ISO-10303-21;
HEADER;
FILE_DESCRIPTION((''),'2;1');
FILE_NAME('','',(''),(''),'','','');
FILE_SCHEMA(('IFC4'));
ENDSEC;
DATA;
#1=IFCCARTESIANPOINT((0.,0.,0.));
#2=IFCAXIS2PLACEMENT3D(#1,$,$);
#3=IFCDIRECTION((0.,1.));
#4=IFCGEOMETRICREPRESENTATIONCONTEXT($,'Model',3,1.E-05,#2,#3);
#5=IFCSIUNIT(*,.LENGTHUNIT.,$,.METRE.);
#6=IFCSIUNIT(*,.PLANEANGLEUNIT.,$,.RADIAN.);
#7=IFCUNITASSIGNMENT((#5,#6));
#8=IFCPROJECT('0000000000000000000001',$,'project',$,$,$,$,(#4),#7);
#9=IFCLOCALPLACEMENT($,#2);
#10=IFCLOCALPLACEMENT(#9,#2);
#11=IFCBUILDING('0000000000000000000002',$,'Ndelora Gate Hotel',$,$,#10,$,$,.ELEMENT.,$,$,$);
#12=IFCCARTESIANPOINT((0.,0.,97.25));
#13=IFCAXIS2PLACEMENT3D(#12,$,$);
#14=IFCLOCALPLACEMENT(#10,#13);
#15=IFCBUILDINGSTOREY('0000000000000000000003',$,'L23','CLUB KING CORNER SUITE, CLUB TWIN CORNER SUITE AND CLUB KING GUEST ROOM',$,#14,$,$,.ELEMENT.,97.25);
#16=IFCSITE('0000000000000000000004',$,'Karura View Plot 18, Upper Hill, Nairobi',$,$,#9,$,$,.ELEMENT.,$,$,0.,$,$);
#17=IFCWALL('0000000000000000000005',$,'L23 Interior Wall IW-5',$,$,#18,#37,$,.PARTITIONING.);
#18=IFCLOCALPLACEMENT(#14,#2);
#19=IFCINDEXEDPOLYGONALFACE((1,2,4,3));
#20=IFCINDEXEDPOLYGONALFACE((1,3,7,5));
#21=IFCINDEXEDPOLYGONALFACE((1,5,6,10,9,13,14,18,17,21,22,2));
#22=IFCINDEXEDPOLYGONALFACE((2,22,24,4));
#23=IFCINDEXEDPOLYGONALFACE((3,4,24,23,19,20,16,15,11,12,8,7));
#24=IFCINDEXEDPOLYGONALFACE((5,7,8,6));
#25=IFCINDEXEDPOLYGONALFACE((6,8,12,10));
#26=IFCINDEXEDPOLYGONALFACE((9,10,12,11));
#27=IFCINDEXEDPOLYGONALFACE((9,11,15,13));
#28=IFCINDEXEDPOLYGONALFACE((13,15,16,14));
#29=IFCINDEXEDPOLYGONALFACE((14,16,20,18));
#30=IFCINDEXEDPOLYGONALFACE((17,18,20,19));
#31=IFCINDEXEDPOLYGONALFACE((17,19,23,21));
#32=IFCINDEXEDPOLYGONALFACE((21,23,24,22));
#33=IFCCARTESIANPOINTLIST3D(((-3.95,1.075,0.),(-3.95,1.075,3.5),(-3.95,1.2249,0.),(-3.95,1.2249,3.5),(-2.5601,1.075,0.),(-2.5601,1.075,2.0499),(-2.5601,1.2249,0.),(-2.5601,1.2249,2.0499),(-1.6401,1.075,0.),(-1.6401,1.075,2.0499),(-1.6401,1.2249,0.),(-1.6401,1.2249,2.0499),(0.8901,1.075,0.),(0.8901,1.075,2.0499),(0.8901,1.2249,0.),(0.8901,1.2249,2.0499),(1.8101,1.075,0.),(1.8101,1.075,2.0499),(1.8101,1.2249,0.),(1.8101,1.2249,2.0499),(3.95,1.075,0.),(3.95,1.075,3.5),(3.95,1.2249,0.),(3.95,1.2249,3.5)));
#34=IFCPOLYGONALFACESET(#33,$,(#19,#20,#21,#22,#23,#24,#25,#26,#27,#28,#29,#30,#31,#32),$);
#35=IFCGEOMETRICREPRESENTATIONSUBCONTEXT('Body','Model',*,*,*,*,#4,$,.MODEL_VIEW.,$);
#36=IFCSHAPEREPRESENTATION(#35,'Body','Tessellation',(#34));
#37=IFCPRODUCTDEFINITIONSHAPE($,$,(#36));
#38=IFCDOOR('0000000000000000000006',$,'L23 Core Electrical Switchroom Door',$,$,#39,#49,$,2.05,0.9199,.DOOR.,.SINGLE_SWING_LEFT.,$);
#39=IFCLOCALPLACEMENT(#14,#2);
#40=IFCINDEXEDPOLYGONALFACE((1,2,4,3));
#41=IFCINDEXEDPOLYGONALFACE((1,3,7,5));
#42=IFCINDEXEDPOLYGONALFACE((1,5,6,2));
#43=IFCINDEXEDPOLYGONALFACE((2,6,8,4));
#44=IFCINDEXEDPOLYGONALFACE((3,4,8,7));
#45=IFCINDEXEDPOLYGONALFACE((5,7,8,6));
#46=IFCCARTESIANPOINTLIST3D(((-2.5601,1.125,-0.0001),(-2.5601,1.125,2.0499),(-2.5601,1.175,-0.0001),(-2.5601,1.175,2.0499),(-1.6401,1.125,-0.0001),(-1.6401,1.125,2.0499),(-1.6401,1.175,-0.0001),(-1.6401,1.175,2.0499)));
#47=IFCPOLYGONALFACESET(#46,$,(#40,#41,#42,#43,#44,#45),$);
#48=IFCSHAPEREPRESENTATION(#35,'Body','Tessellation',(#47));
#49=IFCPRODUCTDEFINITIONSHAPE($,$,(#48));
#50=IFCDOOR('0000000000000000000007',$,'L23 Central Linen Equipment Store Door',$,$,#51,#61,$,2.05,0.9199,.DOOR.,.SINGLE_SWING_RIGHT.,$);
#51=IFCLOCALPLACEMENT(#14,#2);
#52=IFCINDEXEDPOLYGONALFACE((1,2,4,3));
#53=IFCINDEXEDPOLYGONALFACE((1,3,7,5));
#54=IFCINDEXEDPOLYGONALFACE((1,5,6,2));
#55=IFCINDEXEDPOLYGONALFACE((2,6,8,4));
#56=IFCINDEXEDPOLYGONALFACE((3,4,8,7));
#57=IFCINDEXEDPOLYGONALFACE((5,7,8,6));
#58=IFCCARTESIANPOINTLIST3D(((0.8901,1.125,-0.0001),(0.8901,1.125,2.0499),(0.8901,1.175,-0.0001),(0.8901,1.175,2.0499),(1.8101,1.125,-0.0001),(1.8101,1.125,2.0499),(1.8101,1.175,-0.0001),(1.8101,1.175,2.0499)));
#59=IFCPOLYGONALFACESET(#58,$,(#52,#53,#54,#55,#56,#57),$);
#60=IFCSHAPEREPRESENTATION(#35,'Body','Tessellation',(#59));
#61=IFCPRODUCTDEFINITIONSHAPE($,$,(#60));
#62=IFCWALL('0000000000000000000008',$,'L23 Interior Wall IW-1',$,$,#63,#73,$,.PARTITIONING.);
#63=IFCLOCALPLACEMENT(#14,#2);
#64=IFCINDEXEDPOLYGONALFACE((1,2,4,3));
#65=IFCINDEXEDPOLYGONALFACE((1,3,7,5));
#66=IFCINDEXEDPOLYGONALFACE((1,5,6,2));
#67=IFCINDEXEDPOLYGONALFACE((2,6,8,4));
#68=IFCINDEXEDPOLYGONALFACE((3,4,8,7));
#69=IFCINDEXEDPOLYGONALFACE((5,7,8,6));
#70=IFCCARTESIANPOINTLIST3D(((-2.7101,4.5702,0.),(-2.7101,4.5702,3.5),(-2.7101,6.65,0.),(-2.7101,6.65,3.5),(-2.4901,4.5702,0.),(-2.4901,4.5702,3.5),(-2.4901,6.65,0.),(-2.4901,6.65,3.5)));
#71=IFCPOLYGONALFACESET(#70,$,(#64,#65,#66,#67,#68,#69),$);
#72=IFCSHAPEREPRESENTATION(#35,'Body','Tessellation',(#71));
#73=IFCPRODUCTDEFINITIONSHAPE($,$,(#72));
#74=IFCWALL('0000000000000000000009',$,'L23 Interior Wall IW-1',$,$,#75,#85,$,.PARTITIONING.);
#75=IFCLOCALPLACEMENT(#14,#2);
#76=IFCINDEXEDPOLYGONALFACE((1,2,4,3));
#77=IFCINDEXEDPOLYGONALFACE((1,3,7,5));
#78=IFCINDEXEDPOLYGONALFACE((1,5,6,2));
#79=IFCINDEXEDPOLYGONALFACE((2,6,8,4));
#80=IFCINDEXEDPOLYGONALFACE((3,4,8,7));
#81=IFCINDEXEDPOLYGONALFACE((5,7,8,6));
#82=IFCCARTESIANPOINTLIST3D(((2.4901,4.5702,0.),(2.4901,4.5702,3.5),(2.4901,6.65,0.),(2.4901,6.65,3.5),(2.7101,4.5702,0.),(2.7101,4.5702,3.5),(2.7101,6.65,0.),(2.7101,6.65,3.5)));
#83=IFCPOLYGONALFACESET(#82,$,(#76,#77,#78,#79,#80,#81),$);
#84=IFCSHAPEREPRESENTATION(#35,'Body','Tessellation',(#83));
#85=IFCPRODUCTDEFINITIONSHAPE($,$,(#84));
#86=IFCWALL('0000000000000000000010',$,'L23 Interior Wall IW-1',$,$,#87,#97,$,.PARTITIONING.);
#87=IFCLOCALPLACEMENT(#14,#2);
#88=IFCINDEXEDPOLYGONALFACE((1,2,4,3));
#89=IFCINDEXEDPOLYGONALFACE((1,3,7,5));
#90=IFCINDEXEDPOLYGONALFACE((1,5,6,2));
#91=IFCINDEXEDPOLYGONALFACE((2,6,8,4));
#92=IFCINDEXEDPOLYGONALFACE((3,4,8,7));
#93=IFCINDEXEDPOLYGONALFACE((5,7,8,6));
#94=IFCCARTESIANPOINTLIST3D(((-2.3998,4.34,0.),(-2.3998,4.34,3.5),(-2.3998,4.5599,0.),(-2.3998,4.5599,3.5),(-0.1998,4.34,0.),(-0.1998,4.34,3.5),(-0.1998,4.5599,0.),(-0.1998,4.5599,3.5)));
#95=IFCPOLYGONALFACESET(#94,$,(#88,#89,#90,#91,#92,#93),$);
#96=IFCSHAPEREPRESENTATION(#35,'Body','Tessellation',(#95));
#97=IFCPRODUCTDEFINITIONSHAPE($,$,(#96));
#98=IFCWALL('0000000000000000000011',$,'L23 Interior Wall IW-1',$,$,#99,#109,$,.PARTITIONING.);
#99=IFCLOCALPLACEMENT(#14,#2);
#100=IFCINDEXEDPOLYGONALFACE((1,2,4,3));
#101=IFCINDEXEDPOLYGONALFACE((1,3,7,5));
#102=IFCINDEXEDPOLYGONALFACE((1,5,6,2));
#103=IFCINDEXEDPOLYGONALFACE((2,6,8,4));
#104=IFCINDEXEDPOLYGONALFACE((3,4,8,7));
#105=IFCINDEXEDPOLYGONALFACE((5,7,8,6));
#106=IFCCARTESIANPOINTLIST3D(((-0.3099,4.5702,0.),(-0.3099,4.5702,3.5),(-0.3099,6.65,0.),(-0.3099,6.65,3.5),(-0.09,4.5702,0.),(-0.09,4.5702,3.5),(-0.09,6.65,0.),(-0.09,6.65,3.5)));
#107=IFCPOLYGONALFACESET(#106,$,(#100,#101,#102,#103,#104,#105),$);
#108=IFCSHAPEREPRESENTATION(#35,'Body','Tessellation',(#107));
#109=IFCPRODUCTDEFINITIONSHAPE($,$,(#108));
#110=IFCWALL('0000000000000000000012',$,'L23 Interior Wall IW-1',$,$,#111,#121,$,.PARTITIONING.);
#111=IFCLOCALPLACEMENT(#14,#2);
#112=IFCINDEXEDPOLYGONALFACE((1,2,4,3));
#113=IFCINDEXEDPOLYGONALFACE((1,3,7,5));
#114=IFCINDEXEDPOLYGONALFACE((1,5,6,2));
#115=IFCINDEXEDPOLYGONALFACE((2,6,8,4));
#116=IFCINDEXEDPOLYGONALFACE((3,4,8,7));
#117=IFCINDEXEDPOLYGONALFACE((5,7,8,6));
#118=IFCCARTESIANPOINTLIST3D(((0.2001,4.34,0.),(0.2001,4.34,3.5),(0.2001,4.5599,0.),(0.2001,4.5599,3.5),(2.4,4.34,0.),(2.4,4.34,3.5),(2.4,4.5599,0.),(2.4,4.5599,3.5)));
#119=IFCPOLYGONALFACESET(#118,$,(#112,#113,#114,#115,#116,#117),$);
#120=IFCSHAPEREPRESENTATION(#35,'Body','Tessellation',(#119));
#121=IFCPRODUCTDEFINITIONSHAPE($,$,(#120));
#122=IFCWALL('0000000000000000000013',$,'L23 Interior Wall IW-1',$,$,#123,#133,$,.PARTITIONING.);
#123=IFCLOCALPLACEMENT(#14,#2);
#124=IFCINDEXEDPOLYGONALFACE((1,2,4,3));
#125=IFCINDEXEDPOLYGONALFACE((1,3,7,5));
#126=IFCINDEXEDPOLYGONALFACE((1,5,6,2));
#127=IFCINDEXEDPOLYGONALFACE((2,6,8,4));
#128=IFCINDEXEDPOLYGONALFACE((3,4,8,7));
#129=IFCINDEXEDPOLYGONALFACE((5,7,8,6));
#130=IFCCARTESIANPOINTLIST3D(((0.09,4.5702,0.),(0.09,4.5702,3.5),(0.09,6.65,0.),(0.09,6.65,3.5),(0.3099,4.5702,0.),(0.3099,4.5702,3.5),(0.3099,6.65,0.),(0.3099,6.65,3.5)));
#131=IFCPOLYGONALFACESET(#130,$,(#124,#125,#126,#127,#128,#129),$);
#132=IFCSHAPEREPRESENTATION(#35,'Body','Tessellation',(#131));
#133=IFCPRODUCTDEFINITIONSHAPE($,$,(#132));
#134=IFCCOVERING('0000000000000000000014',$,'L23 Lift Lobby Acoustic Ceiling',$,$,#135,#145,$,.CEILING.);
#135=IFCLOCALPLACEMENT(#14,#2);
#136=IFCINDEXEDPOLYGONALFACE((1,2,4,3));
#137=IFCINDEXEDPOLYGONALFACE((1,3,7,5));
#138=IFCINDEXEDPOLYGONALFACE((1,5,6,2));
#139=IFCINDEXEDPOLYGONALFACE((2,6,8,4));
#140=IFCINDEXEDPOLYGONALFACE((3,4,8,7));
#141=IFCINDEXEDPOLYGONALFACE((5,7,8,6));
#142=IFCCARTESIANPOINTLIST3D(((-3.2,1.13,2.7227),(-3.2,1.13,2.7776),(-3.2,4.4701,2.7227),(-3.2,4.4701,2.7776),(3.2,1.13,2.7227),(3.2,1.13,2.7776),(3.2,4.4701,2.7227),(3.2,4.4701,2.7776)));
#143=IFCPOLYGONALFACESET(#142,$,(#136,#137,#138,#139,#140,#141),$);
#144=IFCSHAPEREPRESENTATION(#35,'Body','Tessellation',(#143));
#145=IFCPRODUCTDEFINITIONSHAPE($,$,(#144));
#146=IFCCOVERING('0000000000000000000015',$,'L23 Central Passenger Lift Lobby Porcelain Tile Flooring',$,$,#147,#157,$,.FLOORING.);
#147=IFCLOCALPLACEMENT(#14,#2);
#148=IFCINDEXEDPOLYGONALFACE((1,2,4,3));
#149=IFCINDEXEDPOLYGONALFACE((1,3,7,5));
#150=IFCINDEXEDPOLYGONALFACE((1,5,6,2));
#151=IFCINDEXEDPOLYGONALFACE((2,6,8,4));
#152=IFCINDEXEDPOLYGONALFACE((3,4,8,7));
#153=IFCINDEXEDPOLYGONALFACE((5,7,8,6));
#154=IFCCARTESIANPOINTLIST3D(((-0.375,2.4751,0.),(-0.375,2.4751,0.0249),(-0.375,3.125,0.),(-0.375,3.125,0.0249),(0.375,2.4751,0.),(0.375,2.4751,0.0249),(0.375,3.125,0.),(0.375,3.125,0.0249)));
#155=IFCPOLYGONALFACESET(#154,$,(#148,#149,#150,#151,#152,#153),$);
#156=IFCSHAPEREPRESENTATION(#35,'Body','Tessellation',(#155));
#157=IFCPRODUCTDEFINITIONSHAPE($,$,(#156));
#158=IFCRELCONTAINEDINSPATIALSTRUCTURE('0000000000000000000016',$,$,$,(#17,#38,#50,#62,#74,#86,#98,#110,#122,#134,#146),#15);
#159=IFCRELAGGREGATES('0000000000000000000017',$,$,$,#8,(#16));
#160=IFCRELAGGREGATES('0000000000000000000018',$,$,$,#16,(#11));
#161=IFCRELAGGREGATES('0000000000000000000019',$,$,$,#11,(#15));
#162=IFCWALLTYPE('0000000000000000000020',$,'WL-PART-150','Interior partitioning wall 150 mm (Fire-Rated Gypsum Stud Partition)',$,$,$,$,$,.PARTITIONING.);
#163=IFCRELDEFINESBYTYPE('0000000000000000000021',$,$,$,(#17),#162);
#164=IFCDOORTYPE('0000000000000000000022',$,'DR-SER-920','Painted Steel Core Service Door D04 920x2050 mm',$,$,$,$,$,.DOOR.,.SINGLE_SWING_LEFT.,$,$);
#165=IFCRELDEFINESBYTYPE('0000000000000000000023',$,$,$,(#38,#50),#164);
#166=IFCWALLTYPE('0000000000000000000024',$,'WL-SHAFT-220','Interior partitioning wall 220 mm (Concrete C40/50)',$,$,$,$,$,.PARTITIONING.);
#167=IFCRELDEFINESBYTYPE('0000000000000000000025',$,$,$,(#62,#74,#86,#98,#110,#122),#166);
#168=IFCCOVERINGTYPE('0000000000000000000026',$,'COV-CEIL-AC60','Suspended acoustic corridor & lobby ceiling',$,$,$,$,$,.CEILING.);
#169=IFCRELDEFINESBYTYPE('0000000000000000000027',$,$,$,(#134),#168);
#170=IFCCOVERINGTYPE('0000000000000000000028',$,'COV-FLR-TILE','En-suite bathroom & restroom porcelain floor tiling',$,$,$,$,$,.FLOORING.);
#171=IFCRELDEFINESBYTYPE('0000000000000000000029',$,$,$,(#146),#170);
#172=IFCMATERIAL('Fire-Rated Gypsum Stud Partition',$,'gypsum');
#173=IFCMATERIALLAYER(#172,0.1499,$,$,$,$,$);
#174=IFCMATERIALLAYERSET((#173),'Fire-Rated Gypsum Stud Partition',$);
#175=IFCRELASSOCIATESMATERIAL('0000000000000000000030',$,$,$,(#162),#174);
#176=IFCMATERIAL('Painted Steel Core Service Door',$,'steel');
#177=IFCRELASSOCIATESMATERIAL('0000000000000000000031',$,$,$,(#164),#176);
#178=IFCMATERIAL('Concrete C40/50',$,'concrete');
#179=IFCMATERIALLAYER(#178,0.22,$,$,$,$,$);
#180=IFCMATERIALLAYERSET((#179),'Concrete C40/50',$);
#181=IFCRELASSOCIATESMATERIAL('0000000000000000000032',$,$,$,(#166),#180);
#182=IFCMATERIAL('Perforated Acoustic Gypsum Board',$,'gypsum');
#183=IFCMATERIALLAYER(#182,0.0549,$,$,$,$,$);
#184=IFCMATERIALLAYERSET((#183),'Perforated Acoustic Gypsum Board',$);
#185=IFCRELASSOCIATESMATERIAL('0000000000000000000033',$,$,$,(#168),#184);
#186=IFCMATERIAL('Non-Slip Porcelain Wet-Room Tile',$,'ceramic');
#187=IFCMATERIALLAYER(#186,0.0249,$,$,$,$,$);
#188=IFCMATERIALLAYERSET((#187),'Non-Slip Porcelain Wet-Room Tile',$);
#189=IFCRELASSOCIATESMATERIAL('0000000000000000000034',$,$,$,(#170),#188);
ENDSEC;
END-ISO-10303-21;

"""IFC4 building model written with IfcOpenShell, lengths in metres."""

from ifc_helpers import new_model, si_unit, direction, frame, frame_2d, origin, origin_2d, place, context, subcontext, project, spatial, rectangle, extrude, material, layer, layer_set, type_object, element, fill, save


model = new_model("IFC4")

# Units and contexts
model_context = context("Model", 3, precision=1e-05, world=origin(), true_north=direction((0.0, 1.0)))
body_context = subcontext(model_context, "Body", "Model", "MODEL_VIEW")
ifc_project = project(units=[si_unit("LENGTHUNIT", "METRE"), si_unit("PLANEANGLEUNIT", "RADIAN")], contexts=[model_context])

# Site, building, storey
site_placement = place(None, origin())
site = spatial("IfcSite", under=ifc_project, at=site_placement, Name="Karura View Plot 18, Upper Hill, Nairobi", CompositionType="ELEMENT", RefElevation=0.0)
building_placement = place(site_placement, origin())
building = spatial("IfcBuilding", under=site, at=building_placement, Name="Ndelora Gate Hotel", CompositionType="ELEMENT")
storey_placement = place(building_placement, frame((0.0, 0.0, 97.25)))
storey = spatial("IfcBuildingStorey", under=building, at=storey_placement, Name="L23", Description="CLUB KING CORNER SUITE, CLUB TWIN CORNER SUITE AND CLUB KING GUEST ROOM", CompositionType="ELEMENT", Elevation=97.25)

# Shared definitions
ifc_material_1 = material(Name="Concrete C40/50", Category="concrete")

# Wall, openings, doors
ifc_material_2 = material(Name="Fire-Rated Gypsum Stud Partition", Category="gypsum")
ifc_layer_1 = layer(ifc_material_2, 0.1499)
ifc_layer_set_1 = layer_set([ifc_layer_1], Name="Fire-Rated Gypsum Stud Partition")
wall_type_1 = type_object("IfcWallType", Name="WL-PART-150", Description="Interior partitioning wall 150 mm (Fire-Rated Gypsum Stud Partition)", PredefinedType="PARTITIONING", material=ifc_layer_set_1)
wall_1_placement = place(storey_placement, frame((3.95, 1.1499, 0.0), z_axis=(0.0, 0.0, 1.0), x_axis=(-1.0, 0.0, 0.0)))
wall_1 = element("IfcWall", 1, at=wall_1_placement, inside=storey, type_object=wall_type_1, Name="L23 Interior Wall IW-5", PredefinedType="PARTITIONING", context=body_context, shape_type="SweptSolid", body=[
    extrude(rectangle(XDim=7.8999, YDim=0.1499, at=frame_2d((3.95, 0.0))), origin(), (0.0, 0.0, 1.0), 3.5),
])
opening_1_placement = place(wall_1_placement, frame((5.5901, 0.0, 0.0)))
opening_1 = element("IfcOpeningElement", 2, at=opening_1_placement, cuts=wall_1, PredefinedType="OPENING", context=body_context, shape_type="SweptSolid", body=[
    extrude(rectangle(XDim=0.9199, YDim=2.05, at=frame_2d((0.46, 1.0249))), frame((0.0, 0.085, 0.0), z_axis=(0.0, -1.0, 0.0), x_axis=(1.0, 0.0, 0.0)), (0.0, 0.0, 1.0), 0.1699),
])
opening_2_placement = place(wall_1_placement, frame((2.1399, 0.0, 0.0)))
opening_2 = element("IfcOpeningElement", 3, at=opening_2_placement, cuts=wall_1, PredefinedType="OPENING", context=body_context, shape_type="SweptSolid", body=[
    extrude(rectangle(XDim=0.9199, YDim=2.05, at=frame_2d((0.46, 1.0249))), frame((0.0, 0.085, 0.0), z_axis=(0.0, -1.0, 0.0), x_axis=(1.0, 0.0, 0.0)), (0.0, 0.0, 1.0), 0.1699),
])
ifc_material_3 = material(Name="Painted Steel Core Service Door", Category="steel")
door_type_1 = type_object("IfcDoorType", Name="DR-SER-920", Description="Painted Steel Core Service Door D04 920x2050 mm", OperationType="SINGLE_SWING_LEFT", PredefinedType="DOOR", material=ifc_material_3)
door_1_placement = place(opening_1_placement, origin())
door_1 = element("IfcDoor", 4, at=door_1_placement, inside=storey, type_object=door_type_1, Name="L23 Core Electrical Switchroom Door", OperationType="SINGLE_SWING_LEFT", OverallHeight=2.05, OverallWidth=0.9199, PredefinedType="DOOR", context=body_context, shape_type="SweptSolid", body=[
    extrude(rectangle(XDim=0.9199, YDim=2.05, at=frame_2d((0.46, 1.0249))), frame((0.0, 0.0249, 0.0), z_axis=(0.0, -1.0, 0.0), x_axis=(1.0, 0.0, 0.0)), (0.0, 0.0, 1.0), 0.05),
])
fill(opening_1, door_1)
door_2_placement = place(opening_2_placement, origin())
door_2 = element("IfcDoor", 5, at=door_2_placement, inside=storey, type_object=door_type_1, Name="L23 Central Linen Equipment Store Door", OperationType="SINGLE_SWING_RIGHT", OverallHeight=2.05, OverallWidth=0.9199, PredefinedType="DOOR", context=body_context, shape_type="SweptSolid", body=[
    extrude(rectangle(XDim=0.9199, YDim=2.05, at=frame_2d((0.46, 1.0249))), frame((0.0, 0.0249, 0.0), z_axis=(0.0, -1.0, 0.0), x_axis=(1.0, 0.0, 0.0)), (0.0, 0.0, 1.0), 0.05),
])
fill(opening_2, door_2)

# Shared definitions
ifc_layer_2 = layer(ifc_material_1, 0.22)
ifc_layer_set_2 = layer_set([ifc_layer_2], Name="Concrete C40/50")
wall_type_2 = type_object("IfcWallType", Name="WL-SHAFT-220", Description="Interior partitioning wall 220 mm (Concrete C40/50)", PredefinedType="PARTITIONING", material=ifc_layer_set_2)

# Wall
wall_2_placement = place(storey_placement, frame((-2.6001, 4.5701, 0.0), z_axis=(0.0, 0.0, 1.0), x_axis=(0.0, 1.0, 0.0)))
element("IfcWall", 6, at=wall_2_placement, inside=storey, type_object=wall_type_2, Name="L23 Interior Wall IW-1", PredefinedType="PARTITIONING", context=body_context, shape_type="SweptSolid", body=[
    extrude(rectangle(XDim=2.0798, YDim=0.22, at=frame_2d((1.04, 0.0))), origin(), (0.0, 0.0, 1.0), 3.5),
])

# Walls
wall_3_placement = place(storey_placement, frame((2.6001, 4.5701, 0.0), z_axis=(0.0, 0.0, 1.0), x_axis=(0.0, 1.0, 0.0)))
element("IfcWall", 7, at=wall_3_placement, inside=storey, type_object=wall_type_2, Name="L23 Interior Wall IW-1", PredefinedType="PARTITIONING", context=body_context, shape_type="SweptSolid", body=[
    extrude(rectangle(XDim=2.0798, YDim=0.22, at=frame_2d((1.04, 0.0))), origin(), (0.0, 0.0, 1.0), 3.5),
])
wall_4_placement = place(storey_placement, frame((-2.3999, 4.45, 0.0), z_axis=(0.0, 0.0, 1.0), x_axis=(1.0, 0.0, 0.0)))
element("IfcWall", 8, at=wall_4_placement, inside=storey, type_object=wall_type_2, Name="L23 Interior Wall IW-1", PredefinedType="PARTITIONING", context=body_context, shape_type="SweptSolid", body=[
    extrude(rectangle(XDim=2.2, YDim=0.22, at=frame_2d((1.1001, 0.0))), origin(), (0.0, 0.0, 1.0), 3.5),
])
wall_5_placement = place(storey_placement, frame((-0.2, 4.5701, 0.0), z_axis=(0.0, 0.0, 1.0), x_axis=(0.0, 1.0, 0.0)))
element("IfcWall", 9, at=wall_5_placement, inside=storey, type_object=wall_type_2, Name="L23 Interior Wall IW-1", PredefinedType="PARTITIONING", context=body_context, shape_type="SweptSolid", body=[
    extrude(rectangle(XDim=2.0798, YDim=0.22, at=frame_2d((1.04, 0.0))), origin(), (0.0, 0.0, 1.0), 3.5),
])
wall_6_placement = place(storey_placement, frame((0.2, 4.45, 0.0), z_axis=(0.0, 0.0, 1.0), x_axis=(1.0, 0.0, 0.0)))
element("IfcWall", 10, at=wall_6_placement, inside=storey, type_object=wall_type_2, Name="L23 Interior Wall IW-1", PredefinedType="PARTITIONING", context=body_context, shape_type="SweptSolid", body=[
    extrude(rectangle(XDim=2.2, YDim=0.22, at=frame_2d((1.1001, 0.0))), origin(), (0.0, 0.0, 1.0), 3.5),
])
wall_7_placement = place(storey_placement, frame((0.2, 4.5701, 0.0), z_axis=(0.0, 0.0, 1.0), x_axis=(0.0, 1.0, 0.0)))
element("IfcWall", 11, at=wall_7_placement, inside=storey, type_object=wall_type_2, Name="L23 Interior Wall IW-1", PredefinedType="PARTITIONING", context=body_context, shape_type="SweptSolid", body=[
    extrude(rectangle(XDim=2.0798, YDim=0.22, at=frame_2d((1.04, 0.0))), origin(), (0.0, 0.0, 1.0), 3.5),
])

# Coverings
ifc_material_4 = material(Name="Perforated Acoustic Gypsum Board", Category="gypsum")
ifc_layer_3 = layer(ifc_material_4, 0.0549)
ifc_layer_set_3 = layer_set([ifc_layer_3], Name="Perforated Acoustic Gypsum Board")
covering_type_1 = type_object("IfcCoveringType", Name="COV-CEIL-AC60", Description="Suspended acoustic corridor & lobby ceiling", PredefinedType="CEILING", material=ifc_layer_set_3)
covering_1_placement = place(storey_placement, frame((0.0, 2.8, 2.7227), z_axis=(0.0, 0.0, 1.0), x_axis=(1.0, 0.0, 0.0)))
element("IfcCovering", 12, at=covering_1_placement, inside=storey, type_object=covering_type_1, Name="L23 Lift Lobby Acoustic Ceiling", PredefinedType="CEILING", context=body_context, shape_type="SweptSolid", body=[
    extrude(rectangle(XDim=6.3999, YDim=3.3401, at=origin_2d()), origin(), (0.0, 0.0, 1.0), 0.0549),
])
ifc_material_5 = material(Name="Non-Slip Porcelain Wet-Room Tile", Category="ceramic")
ifc_layer_4 = layer(ifc_material_5, 0.0249)
ifc_layer_set_4 = layer_set([ifc_layer_4], Name="Non-Slip Porcelain Wet-Room Tile")
covering_type_2 = type_object("IfcCoveringType", Name="COV-FLR-TILE", Description="En-suite bathroom & restroom porcelain floor tiling", PredefinedType="FLOORING", material=ifc_layer_set_4)
covering_2_placement = place(storey_placement, frame((0.0, 2.8, 0.0), z_axis=(0.0, 0.0, 1.0), x_axis=(1.0, 0.0, 0.0)))
element("IfcCovering", 13, at=covering_2_placement, inside=storey, type_object=covering_type_2, Name="L23 Central Passenger Lift Lobby Porcelain Tile Flooring", PredefinedType="FLOORING", context=body_context, shape_type="SweptSolid", body=[
    extrude(rectangle(XDim=0.75, YDim=0.6499, at=origin_2d()), origin(), (0.0, 0.0, 1.0), 0.0249),
])

save(model, "model.ifc")
